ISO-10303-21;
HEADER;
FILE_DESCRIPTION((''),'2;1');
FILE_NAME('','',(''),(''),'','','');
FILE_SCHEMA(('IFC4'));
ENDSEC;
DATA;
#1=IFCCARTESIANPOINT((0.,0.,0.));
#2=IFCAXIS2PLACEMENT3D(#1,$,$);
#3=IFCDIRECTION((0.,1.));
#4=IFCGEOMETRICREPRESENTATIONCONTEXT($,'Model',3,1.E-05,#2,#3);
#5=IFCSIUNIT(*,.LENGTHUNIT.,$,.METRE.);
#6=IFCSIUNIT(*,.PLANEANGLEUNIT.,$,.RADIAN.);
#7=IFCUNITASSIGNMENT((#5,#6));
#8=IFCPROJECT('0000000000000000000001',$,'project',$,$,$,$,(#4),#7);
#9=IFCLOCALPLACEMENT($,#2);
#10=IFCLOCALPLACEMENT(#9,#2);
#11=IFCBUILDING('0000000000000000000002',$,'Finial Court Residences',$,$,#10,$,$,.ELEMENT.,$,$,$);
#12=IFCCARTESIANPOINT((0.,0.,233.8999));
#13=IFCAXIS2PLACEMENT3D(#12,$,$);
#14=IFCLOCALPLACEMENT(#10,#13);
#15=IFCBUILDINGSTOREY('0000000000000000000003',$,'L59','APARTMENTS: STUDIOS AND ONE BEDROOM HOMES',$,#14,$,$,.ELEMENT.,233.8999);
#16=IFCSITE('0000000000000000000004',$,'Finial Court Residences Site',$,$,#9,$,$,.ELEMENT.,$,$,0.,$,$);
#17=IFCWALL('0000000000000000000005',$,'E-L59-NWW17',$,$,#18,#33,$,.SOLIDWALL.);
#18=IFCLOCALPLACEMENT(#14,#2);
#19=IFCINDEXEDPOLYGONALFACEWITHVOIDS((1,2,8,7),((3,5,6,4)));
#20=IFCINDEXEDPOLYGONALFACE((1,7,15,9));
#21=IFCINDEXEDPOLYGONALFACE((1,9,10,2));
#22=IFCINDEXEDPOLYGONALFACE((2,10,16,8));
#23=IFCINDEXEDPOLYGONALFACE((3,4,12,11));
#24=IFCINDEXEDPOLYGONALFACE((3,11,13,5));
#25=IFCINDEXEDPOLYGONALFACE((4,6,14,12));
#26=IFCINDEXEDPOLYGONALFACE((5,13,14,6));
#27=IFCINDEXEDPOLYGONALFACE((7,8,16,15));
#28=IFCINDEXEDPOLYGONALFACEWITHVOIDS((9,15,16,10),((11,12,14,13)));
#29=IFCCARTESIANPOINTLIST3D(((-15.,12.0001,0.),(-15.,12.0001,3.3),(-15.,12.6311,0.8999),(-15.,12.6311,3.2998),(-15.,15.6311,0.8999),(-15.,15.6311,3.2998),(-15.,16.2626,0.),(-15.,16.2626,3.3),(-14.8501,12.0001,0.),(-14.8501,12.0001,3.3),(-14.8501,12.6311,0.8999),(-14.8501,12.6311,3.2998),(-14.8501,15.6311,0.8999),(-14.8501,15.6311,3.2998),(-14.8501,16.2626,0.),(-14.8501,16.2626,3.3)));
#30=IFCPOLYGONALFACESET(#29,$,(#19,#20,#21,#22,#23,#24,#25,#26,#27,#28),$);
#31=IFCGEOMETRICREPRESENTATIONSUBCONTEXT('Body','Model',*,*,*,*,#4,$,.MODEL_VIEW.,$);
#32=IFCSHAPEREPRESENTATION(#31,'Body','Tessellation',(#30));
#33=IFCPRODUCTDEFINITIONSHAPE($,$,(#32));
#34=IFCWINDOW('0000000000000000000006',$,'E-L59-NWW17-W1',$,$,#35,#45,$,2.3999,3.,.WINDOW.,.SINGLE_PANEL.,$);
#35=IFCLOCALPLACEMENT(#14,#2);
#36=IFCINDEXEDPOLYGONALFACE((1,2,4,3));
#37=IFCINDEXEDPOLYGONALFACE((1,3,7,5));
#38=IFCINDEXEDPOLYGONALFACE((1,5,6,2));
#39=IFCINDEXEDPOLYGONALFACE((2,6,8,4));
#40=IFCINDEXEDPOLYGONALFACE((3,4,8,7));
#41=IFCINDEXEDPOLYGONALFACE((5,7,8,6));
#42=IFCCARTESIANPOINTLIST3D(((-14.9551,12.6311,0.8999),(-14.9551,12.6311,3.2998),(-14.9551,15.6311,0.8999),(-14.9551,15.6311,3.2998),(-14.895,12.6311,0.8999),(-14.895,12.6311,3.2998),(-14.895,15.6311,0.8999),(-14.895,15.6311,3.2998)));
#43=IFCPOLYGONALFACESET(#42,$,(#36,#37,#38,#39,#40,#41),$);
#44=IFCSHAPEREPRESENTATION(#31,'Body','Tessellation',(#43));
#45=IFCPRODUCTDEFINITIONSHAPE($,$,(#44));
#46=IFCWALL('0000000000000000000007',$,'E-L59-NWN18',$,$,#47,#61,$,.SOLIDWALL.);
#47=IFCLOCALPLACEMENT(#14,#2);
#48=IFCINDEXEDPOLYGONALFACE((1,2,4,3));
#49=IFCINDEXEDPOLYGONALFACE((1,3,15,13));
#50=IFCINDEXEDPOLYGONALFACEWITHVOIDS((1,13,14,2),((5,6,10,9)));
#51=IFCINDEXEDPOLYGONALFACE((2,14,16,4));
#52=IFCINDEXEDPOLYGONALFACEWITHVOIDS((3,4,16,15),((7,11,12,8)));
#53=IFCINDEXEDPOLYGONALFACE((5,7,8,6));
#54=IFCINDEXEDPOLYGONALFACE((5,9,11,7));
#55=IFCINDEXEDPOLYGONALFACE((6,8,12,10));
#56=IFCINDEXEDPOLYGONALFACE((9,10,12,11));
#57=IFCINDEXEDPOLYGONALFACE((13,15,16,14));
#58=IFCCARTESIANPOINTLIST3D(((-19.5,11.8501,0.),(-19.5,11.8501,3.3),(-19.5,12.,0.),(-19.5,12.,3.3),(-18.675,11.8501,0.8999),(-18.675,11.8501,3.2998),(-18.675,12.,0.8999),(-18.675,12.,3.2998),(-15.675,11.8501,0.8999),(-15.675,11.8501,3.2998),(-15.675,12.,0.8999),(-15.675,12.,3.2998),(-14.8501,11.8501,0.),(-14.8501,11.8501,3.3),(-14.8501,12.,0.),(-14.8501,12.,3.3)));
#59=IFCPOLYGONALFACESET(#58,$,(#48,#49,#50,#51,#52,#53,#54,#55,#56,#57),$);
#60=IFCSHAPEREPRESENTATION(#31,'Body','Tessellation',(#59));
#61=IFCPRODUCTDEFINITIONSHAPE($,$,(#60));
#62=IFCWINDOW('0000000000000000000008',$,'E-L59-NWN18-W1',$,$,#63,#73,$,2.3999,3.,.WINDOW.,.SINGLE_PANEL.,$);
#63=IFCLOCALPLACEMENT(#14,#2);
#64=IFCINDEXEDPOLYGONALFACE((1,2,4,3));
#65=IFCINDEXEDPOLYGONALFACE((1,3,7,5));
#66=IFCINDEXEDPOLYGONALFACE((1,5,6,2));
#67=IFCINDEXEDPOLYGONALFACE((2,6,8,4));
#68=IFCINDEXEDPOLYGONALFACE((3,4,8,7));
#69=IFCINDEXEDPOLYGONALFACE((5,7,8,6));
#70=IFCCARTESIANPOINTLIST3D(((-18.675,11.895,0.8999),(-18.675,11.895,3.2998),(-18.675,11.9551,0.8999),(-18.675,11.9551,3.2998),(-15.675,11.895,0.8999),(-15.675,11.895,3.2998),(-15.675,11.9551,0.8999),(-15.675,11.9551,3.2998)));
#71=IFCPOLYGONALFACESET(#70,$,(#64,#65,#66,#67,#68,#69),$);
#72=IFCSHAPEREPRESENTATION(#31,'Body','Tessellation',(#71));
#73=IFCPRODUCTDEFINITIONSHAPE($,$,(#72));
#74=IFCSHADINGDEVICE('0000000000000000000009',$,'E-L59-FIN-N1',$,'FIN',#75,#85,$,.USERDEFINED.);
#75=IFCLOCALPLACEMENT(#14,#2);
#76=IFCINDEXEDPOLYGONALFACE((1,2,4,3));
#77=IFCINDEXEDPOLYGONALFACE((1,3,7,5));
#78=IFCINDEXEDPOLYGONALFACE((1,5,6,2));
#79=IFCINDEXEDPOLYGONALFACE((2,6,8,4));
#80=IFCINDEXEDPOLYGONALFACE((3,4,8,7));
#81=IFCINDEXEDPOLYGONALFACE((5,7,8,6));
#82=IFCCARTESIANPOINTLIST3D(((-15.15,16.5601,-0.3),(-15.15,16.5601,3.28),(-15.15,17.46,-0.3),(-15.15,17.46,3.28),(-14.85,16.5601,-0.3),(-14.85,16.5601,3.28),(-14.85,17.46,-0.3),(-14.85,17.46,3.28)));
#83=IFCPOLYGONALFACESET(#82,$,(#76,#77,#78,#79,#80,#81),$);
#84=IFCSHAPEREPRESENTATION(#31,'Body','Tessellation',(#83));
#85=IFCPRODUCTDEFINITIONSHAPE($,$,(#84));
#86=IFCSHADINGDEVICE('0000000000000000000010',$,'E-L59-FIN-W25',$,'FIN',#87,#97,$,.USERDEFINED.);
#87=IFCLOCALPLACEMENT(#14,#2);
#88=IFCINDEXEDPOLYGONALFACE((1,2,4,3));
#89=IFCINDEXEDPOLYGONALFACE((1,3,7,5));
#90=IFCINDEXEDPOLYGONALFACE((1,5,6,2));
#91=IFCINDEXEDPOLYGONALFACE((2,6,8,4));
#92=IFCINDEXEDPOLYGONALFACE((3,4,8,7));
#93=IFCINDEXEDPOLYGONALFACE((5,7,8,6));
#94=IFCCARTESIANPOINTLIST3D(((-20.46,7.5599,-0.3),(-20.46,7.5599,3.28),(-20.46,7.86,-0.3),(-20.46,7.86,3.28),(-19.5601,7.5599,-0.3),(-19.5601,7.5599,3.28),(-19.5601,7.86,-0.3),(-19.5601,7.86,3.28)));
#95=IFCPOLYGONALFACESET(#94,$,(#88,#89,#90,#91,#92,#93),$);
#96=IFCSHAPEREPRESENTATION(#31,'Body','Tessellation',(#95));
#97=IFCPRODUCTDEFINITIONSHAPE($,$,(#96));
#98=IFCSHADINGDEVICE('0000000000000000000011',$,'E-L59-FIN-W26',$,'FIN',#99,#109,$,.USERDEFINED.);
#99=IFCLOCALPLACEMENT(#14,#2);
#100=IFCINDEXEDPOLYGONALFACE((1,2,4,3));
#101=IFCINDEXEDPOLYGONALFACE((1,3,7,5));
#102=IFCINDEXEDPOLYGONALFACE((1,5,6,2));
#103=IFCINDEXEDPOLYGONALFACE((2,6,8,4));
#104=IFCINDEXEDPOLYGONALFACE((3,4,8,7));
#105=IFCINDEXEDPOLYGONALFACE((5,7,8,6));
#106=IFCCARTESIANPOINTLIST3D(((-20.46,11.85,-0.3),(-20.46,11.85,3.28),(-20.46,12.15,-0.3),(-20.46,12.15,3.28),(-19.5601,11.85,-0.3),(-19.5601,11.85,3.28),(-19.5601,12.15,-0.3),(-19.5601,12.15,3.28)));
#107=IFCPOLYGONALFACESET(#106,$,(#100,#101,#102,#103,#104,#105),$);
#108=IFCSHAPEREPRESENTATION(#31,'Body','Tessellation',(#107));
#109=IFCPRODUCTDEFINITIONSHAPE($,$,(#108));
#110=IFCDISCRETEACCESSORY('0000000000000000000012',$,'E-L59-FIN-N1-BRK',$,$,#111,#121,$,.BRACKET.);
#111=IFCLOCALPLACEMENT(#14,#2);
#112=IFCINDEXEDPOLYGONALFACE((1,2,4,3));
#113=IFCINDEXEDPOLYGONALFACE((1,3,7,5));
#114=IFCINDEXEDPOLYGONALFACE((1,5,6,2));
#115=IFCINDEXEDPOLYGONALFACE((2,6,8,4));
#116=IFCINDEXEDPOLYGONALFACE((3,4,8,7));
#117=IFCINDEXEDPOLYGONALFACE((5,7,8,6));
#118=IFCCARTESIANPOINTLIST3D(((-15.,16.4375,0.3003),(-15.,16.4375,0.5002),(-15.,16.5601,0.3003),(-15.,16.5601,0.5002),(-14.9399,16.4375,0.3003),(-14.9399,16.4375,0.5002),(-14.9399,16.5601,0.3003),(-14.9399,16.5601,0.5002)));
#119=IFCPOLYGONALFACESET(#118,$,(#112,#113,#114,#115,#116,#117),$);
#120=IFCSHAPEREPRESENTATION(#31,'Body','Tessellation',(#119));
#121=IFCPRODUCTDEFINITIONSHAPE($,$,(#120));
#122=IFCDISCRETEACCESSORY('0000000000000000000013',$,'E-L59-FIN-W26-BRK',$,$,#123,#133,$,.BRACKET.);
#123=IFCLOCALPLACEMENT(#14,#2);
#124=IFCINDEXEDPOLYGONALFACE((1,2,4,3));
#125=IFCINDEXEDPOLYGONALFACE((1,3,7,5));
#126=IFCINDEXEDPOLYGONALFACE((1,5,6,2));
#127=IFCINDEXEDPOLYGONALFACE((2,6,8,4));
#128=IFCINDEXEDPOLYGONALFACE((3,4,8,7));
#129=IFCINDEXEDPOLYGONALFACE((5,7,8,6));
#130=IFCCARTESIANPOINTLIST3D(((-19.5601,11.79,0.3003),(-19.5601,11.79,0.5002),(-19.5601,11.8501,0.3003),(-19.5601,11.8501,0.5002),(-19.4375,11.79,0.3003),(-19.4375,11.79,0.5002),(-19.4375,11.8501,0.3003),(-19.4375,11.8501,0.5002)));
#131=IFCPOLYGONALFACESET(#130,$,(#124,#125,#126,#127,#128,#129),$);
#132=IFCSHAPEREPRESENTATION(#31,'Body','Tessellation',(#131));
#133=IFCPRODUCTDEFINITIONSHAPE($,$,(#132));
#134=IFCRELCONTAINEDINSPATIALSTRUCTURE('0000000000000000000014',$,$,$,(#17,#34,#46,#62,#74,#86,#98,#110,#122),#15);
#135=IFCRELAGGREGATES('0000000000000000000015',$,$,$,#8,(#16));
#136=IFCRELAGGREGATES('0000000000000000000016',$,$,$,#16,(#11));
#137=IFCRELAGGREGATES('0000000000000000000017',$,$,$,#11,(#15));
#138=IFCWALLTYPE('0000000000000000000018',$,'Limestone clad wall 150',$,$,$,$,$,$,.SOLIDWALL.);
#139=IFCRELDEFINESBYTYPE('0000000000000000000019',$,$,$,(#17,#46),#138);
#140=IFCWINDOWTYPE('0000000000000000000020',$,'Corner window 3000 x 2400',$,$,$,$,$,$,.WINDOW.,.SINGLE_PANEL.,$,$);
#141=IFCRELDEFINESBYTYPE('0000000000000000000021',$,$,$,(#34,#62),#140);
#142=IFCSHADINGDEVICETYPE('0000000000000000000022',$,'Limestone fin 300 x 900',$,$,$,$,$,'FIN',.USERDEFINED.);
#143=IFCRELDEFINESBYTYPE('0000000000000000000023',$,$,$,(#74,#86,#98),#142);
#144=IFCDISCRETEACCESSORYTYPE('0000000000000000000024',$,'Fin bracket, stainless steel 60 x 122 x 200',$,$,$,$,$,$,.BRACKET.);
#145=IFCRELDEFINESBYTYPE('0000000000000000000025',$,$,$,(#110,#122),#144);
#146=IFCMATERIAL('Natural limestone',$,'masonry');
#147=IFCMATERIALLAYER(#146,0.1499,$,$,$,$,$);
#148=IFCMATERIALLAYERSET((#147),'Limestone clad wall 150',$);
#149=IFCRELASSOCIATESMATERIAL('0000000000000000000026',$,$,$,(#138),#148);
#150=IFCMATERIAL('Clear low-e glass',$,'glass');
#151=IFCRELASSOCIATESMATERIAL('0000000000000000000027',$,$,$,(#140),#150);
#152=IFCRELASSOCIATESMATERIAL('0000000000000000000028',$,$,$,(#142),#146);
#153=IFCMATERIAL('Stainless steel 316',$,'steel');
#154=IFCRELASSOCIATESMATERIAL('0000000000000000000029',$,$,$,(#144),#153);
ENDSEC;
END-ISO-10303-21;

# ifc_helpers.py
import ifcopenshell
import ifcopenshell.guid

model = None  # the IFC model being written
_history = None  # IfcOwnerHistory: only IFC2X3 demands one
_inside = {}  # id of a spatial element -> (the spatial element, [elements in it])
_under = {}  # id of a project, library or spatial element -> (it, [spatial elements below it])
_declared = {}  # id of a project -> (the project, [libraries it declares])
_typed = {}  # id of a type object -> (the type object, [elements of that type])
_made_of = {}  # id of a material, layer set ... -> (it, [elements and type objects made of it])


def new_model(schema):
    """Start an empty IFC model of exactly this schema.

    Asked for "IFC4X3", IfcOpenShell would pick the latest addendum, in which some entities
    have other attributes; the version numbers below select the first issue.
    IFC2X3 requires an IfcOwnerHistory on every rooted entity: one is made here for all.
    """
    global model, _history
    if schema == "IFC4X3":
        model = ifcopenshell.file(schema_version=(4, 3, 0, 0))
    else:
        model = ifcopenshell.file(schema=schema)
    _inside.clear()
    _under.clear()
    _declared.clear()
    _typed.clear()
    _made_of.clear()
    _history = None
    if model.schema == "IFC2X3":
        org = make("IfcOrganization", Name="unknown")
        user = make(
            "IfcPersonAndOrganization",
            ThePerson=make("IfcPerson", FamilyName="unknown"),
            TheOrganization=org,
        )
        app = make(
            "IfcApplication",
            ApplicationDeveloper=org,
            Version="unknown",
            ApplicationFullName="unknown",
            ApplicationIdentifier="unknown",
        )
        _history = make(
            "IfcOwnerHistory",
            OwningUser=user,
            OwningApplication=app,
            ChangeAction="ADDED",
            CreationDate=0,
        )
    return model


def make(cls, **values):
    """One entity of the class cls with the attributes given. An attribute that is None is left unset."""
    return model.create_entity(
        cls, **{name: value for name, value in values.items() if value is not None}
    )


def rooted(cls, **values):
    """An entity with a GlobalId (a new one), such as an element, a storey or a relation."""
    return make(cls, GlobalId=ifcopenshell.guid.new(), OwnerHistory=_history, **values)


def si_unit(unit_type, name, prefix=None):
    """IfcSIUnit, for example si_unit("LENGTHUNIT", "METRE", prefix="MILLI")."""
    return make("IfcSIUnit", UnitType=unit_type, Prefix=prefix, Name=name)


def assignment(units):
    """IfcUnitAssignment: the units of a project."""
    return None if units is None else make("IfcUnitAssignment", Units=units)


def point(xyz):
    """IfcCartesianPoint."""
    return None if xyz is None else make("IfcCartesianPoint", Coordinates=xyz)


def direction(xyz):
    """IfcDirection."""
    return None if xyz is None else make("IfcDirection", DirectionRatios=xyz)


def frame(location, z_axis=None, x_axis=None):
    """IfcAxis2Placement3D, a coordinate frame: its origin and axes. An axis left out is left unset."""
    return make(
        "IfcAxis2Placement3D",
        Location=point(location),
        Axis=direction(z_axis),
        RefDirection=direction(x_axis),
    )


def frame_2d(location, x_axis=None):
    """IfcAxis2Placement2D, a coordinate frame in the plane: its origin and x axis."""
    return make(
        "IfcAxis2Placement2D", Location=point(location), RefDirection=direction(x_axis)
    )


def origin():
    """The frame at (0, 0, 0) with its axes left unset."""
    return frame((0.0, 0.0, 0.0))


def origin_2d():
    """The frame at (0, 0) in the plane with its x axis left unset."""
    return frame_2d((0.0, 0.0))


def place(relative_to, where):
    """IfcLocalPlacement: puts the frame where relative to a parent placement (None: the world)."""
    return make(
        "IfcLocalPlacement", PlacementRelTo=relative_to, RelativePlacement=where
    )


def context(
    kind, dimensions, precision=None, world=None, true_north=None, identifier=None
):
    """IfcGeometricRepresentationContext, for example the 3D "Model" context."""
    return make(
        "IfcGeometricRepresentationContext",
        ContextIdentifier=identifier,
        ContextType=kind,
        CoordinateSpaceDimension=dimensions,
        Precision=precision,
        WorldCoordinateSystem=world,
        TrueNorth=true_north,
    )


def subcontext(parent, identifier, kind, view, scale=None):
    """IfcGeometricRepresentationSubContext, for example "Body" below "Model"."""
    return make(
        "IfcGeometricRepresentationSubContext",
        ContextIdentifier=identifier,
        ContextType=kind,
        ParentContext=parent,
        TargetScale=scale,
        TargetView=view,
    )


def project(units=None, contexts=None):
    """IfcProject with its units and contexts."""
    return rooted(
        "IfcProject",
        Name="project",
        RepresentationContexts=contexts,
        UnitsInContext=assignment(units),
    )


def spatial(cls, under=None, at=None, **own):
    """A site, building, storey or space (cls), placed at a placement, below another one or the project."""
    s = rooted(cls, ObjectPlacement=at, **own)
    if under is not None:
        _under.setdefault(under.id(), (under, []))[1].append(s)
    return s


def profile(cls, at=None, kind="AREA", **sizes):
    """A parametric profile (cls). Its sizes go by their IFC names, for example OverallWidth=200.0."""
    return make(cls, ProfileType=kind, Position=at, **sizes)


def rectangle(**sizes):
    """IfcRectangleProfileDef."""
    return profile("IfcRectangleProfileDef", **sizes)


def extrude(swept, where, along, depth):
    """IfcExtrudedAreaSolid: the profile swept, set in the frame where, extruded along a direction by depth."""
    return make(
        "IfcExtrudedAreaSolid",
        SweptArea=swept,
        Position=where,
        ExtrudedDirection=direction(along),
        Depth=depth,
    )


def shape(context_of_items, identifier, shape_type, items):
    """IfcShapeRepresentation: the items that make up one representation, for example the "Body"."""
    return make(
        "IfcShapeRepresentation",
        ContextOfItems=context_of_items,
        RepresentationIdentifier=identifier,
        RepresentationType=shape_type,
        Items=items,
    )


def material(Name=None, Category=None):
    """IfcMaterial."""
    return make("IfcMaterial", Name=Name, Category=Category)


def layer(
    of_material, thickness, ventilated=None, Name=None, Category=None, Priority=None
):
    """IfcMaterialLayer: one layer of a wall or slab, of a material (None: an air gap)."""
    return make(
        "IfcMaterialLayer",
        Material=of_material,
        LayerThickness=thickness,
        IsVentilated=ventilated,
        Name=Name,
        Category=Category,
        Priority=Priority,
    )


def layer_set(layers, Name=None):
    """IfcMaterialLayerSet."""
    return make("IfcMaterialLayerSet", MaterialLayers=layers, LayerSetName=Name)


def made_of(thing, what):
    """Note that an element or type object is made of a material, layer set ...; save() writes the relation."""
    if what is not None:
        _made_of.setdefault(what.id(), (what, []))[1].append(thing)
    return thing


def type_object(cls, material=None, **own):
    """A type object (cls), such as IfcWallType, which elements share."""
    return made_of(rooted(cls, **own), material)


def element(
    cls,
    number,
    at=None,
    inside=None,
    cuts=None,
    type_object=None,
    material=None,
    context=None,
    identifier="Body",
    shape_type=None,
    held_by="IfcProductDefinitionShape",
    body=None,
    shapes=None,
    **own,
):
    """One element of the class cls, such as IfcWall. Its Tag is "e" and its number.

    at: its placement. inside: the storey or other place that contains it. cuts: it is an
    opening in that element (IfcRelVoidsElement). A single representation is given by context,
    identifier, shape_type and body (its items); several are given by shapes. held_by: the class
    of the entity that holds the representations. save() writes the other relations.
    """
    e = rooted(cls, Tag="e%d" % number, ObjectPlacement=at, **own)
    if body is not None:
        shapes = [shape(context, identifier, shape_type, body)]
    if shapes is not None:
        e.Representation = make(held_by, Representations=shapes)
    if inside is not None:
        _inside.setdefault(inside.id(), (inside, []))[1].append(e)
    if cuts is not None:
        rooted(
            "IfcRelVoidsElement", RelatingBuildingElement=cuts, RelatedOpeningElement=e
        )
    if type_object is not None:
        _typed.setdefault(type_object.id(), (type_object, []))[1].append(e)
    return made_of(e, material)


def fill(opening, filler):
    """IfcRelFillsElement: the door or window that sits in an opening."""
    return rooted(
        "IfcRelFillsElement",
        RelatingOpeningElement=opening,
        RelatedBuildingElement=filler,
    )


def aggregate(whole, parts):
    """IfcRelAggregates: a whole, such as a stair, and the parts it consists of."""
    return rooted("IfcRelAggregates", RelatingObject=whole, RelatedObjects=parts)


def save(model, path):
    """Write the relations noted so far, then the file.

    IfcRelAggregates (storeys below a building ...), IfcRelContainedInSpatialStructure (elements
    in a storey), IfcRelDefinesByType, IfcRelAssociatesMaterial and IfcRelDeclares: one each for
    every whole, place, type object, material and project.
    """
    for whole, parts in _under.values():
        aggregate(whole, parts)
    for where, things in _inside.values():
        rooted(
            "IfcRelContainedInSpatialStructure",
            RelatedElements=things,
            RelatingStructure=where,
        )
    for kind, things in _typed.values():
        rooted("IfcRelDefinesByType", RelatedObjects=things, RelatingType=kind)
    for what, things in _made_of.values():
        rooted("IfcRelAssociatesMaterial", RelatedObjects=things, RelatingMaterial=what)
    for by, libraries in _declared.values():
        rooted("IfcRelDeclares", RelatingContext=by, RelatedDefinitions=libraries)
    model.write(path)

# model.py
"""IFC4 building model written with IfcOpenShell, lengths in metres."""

from ifc_helpers import new_model, si_unit, direction, frame, frame_2d, origin, origin_2d, place, context, subcontext, project, spatial, rectangle, extrude, material, layer, layer_set, type_object, element, fill, save


model = new_model("IFC4")

# Units and contexts
model_context = context("Model", 3, precision=1e-05, world=origin(), true_north=direction((0.0, 1.0)))
body_context = subcontext(model_context, "Body", "Model", "MODEL_VIEW")
ifc_project = project(units=[si_unit("LENGTHUNIT", "METRE"), si_unit("PLANEANGLEUNIT", "RADIAN")], contexts=[model_context])

# Site, building, storey
site_placement = place(None, origin())
site = spatial("IfcSite", under=ifc_project, at=site_placement, Name="Finial Court Residences Site", CompositionType="ELEMENT", RefElevation=0.0)
building_placement = place(site_placement, origin())
building = spatial("IfcBuilding", under=site, at=building_placement, Name="Finial Court Residences", CompositionType="ELEMENT")
storey_placement = place(building_placement, frame((0.0, 0.0, 233.8999)))
storey = spatial("IfcBuildingStorey", under=building, at=storey_placement, Name="L59", Description="APARTMENTS: STUDIOS AND ONE BEDROOM HOMES", CompositionType="ELEMENT", Elevation=233.8999)

# Shared definitions
ifc_material_1 = material(Name="Clear low-e glass", Category="glass")

# Walls, openings, windows
ifc_material_2 = material(Name="Natural limestone", Category="masonry")
ifc_layer_1 = layer(ifc_material_2, 0.1499)
ifc_layer_set_1 = layer_set([ifc_layer_1], Name="Limestone clad wall 150")
wall_type_1 = type_object("IfcWallType", Name="Limestone clad wall 150", PredefinedType="SOLIDWALL", material=ifc_layer_set_1)
wall_1_placement = place(storey_placement, frame((-14.925, 12.0, 0.0), z_axis=(0.0, 0.0, 1.0), x_axis=(0.0, 1.0, 0.0)))
wall_1 = element("IfcWall", 1, at=wall_1_placement, inside=storey, type_object=wall_type_1, Name="E-L59-NWW17", PredefinedType="SOLIDWALL", context=body_context, shape_type="SweptSolid", body=[
    extrude(rectangle(XDim=4.2625, YDim=0.1499, at=frame_2d((2.1313, 0.0))), origin(), (0.0, 0.0, 1.0), 3.3),
])
opening_1_placement = place(wall_1_placement, frame((0.6311, 0.0, 0.8999)))
opening_1 = element("IfcOpeningElement", 2, at=opening_1_placement, cuts=wall_1, PredefinedType="OPENING", context=body_context, shape_type="SweptSolid", body=[
    extrude(rectangle(XDim=3.0, YDim=2.3999, at=frame_2d((1.5, 1.2))), frame((0.0, 0.085, 0.0), z_axis=(0.0, -1.0, 0.0), x_axis=(1.0, 0.0, 0.0)), (0.0, 0.0, 1.0), 0.1699),
])
window_type = type_object("IfcWindowType", Name="Corner window 3000 x 2400", PartitioningType="SINGLE_PANEL", PredefinedType="WINDOW", material=ifc_material_1)
window_1_placement = place(opening_1_placement, origin())
window_1 = element("IfcWindow", 3, at=window_1_placement, inside=storey, type_object=window_type, Name="E-L59-NWW17-W1", OverallHeight=2.3999, OverallWidth=3.0, PartitioningType="SINGLE_PANEL", PredefinedType="WINDOW", context=body_context, shape_type="SweptSolid", body=[
    extrude(rectangle(XDim=3.0, YDim=2.3999, at=frame_2d((1.5, 1.2))), frame((0.0, 0.03, 0.0), z_axis=(0.0, -1.0, 0.0), x_axis=(1.0, 0.0, 0.0)), (0.0, 0.0, 1.0), 0.0601),
])
fill(opening_1, window_1)
wall_2_placement = place(storey_placement, frame((-19.5, 11.925, 0.0), z_axis=(0.0, 0.0, 1.0), x_axis=(1.0, 0.0, 0.0)))
wall_2 = element("IfcWall", 4, at=wall_2_placement, inside=storey, type_object=wall_type_1, Name="E-L59-NWN18", PredefinedType="SOLIDWALL", context=body_context, shape_type="SweptSolid", body=[
    extrude(rectangle(XDim=4.6499, YDim=0.1499, at=frame_2d((2.325, 0.0))), origin(), (0.0, 0.0, 1.0), 3.3),
])
opening_2_placement = place(wall_2_placement, frame((0.825, 0.0, 0.8999)))
opening_2 = element("IfcOpeningElement", 5, at=opening_2_placement, cuts=wall_2, PredefinedType="OPENING", context=body_context, shape_type="SweptSolid", body=[
    extrude(rectangle(XDim=3.0, YDim=2.3999, at=frame_2d((1.5, 1.2))), frame((0.0, 0.085, 0.0), z_axis=(0.0, -1.0, 0.0), x_axis=(1.0, 0.0, 0.0)), (0.0, 0.0, 1.0), 0.1699),
])
window_2_placement = place(opening_2_placement, origin())
window_2 = element("IfcWindow", 6, at=window_2_placement, inside=storey, type_object=window_type, Name="E-L59-NWN18-W1", OverallHeight=2.3999, OverallWidth=3.0, PartitioningType="SINGLE_PANEL", PredefinedType="WINDOW", context=body_context, shape_type="SweptSolid", body=[
    extrude(rectangle(XDim=3.0, YDim=2.3999, at=frame_2d((1.5, 1.2))), frame((0.0, 0.03, 0.0), z_axis=(0.0, -1.0, 0.0), x_axis=(1.0, 0.0, 0.0)), (0.0, 0.0, 1.0), 0.0601),
])
fill(opening_2, window_2)

# Shading devices
shading_device_type = type_object("IfcShadingDeviceType", Name="Limestone fin 300 x 900", ElementType="FIN", PredefinedType="USERDEFINED", material=ifc_material_2)
shading_device_placement = place(storey_placement, frame((-15.0, 17.01, -0.3), z_axis=(0.0, 0.0, 1.0), x_axis=(1.0, 0.0, 0.0)))
element("IfcShadingDevice", 7, at=shading_device_placement, inside=storey, type_object=shading_device_type, Name="E-L59-FIN-N1", ObjectType="FIN", PredefinedType="USERDEFINED", context=body_context, shape_type="SweptSolid", body=[
    extrude(rectangle(XDim=0.3, YDim=0.8999, at=origin_2d()), origin(), (0.0, 0.0, 1.0), 3.5801),
])
for number, where, z_axis, x_axis, name in (
    (8, (-20.01, 7.71, -0.3), (0.0, 0.0, 1.0), (1.0, 0.0, 0.0), "E-L59-FIN-W25"),
    (9, (-20.01, 12.0, -0.3), (0.0, 0.0, 1.0), (1.0, 0.0, 0.0), "E-L59-FIN-W26"),
):
    element("IfcShadingDevice", number, at=place(storey_placement, frame(where, z_axis=z_axis, x_axis=x_axis)), inside=storey, type_object=shading_device_type, Name=name, ObjectType="FIN", PredefinedType="USERDEFINED", context=body_context, shape_type="SweptSolid", body=[
        extrude(rectangle(XDim=0.8999, YDim=0.3, at=origin_2d()), origin(), (0.0, 0.0, 1.0), 3.5801),
    ])

# Discrete accessories
ifc_material_3 = material(Name="Stainless steel 316", Category="steel")
discrete_accessory_type = type_object("IfcDiscreteAccessoryType", Name="Fin bracket, stainless steel 60 x 122 x 200", PredefinedType="BRACKET", material=ifc_material_3)
discrete_accessory_1_placement = place(storey_placement, frame((-14.97, 16.4988, 0.3003), z_axis=(0.0, 0.0, 1.0), x_axis=(1.0, 0.0, 0.0)))
element("IfcDiscreteAccessory", 10, at=discrete_accessory_1_placement, inside=storey, type_object=discrete_accessory_type, Name="E-L59-FIN-N1-BRK", PredefinedType="BRACKET", context=body_context, shape_type="SweptSolid", body=[
    extrude(rectangle(XDim=0.0601, YDim=0.1226, at=origin_2d()), origin(), (0.0, 0.0, 1.0), 0.2),
])
discrete_accessory_2_placement = place(storey_placement, frame((-19.4988, 11.8201, 0.3003), z_axis=(0.0, 0.0, 1.0), x_axis=(1.0, 0.0, 0.0)))
element("IfcDiscreteAccessory", 11, at=discrete_accessory_2_placement, inside=storey, type_object=discrete_accessory_type, Name="E-L59-FIN-W26-BRK", PredefinedType="BRACKET", context=body_context, shape_type="SweptSolid", body=[
    extrude(rectangle(XDim=0.1226, YDim=0.0601, at=origin_2d()), origin(), (0.0, 0.0, 1.0), 0.2),
])

save(model, "model.ifc")
